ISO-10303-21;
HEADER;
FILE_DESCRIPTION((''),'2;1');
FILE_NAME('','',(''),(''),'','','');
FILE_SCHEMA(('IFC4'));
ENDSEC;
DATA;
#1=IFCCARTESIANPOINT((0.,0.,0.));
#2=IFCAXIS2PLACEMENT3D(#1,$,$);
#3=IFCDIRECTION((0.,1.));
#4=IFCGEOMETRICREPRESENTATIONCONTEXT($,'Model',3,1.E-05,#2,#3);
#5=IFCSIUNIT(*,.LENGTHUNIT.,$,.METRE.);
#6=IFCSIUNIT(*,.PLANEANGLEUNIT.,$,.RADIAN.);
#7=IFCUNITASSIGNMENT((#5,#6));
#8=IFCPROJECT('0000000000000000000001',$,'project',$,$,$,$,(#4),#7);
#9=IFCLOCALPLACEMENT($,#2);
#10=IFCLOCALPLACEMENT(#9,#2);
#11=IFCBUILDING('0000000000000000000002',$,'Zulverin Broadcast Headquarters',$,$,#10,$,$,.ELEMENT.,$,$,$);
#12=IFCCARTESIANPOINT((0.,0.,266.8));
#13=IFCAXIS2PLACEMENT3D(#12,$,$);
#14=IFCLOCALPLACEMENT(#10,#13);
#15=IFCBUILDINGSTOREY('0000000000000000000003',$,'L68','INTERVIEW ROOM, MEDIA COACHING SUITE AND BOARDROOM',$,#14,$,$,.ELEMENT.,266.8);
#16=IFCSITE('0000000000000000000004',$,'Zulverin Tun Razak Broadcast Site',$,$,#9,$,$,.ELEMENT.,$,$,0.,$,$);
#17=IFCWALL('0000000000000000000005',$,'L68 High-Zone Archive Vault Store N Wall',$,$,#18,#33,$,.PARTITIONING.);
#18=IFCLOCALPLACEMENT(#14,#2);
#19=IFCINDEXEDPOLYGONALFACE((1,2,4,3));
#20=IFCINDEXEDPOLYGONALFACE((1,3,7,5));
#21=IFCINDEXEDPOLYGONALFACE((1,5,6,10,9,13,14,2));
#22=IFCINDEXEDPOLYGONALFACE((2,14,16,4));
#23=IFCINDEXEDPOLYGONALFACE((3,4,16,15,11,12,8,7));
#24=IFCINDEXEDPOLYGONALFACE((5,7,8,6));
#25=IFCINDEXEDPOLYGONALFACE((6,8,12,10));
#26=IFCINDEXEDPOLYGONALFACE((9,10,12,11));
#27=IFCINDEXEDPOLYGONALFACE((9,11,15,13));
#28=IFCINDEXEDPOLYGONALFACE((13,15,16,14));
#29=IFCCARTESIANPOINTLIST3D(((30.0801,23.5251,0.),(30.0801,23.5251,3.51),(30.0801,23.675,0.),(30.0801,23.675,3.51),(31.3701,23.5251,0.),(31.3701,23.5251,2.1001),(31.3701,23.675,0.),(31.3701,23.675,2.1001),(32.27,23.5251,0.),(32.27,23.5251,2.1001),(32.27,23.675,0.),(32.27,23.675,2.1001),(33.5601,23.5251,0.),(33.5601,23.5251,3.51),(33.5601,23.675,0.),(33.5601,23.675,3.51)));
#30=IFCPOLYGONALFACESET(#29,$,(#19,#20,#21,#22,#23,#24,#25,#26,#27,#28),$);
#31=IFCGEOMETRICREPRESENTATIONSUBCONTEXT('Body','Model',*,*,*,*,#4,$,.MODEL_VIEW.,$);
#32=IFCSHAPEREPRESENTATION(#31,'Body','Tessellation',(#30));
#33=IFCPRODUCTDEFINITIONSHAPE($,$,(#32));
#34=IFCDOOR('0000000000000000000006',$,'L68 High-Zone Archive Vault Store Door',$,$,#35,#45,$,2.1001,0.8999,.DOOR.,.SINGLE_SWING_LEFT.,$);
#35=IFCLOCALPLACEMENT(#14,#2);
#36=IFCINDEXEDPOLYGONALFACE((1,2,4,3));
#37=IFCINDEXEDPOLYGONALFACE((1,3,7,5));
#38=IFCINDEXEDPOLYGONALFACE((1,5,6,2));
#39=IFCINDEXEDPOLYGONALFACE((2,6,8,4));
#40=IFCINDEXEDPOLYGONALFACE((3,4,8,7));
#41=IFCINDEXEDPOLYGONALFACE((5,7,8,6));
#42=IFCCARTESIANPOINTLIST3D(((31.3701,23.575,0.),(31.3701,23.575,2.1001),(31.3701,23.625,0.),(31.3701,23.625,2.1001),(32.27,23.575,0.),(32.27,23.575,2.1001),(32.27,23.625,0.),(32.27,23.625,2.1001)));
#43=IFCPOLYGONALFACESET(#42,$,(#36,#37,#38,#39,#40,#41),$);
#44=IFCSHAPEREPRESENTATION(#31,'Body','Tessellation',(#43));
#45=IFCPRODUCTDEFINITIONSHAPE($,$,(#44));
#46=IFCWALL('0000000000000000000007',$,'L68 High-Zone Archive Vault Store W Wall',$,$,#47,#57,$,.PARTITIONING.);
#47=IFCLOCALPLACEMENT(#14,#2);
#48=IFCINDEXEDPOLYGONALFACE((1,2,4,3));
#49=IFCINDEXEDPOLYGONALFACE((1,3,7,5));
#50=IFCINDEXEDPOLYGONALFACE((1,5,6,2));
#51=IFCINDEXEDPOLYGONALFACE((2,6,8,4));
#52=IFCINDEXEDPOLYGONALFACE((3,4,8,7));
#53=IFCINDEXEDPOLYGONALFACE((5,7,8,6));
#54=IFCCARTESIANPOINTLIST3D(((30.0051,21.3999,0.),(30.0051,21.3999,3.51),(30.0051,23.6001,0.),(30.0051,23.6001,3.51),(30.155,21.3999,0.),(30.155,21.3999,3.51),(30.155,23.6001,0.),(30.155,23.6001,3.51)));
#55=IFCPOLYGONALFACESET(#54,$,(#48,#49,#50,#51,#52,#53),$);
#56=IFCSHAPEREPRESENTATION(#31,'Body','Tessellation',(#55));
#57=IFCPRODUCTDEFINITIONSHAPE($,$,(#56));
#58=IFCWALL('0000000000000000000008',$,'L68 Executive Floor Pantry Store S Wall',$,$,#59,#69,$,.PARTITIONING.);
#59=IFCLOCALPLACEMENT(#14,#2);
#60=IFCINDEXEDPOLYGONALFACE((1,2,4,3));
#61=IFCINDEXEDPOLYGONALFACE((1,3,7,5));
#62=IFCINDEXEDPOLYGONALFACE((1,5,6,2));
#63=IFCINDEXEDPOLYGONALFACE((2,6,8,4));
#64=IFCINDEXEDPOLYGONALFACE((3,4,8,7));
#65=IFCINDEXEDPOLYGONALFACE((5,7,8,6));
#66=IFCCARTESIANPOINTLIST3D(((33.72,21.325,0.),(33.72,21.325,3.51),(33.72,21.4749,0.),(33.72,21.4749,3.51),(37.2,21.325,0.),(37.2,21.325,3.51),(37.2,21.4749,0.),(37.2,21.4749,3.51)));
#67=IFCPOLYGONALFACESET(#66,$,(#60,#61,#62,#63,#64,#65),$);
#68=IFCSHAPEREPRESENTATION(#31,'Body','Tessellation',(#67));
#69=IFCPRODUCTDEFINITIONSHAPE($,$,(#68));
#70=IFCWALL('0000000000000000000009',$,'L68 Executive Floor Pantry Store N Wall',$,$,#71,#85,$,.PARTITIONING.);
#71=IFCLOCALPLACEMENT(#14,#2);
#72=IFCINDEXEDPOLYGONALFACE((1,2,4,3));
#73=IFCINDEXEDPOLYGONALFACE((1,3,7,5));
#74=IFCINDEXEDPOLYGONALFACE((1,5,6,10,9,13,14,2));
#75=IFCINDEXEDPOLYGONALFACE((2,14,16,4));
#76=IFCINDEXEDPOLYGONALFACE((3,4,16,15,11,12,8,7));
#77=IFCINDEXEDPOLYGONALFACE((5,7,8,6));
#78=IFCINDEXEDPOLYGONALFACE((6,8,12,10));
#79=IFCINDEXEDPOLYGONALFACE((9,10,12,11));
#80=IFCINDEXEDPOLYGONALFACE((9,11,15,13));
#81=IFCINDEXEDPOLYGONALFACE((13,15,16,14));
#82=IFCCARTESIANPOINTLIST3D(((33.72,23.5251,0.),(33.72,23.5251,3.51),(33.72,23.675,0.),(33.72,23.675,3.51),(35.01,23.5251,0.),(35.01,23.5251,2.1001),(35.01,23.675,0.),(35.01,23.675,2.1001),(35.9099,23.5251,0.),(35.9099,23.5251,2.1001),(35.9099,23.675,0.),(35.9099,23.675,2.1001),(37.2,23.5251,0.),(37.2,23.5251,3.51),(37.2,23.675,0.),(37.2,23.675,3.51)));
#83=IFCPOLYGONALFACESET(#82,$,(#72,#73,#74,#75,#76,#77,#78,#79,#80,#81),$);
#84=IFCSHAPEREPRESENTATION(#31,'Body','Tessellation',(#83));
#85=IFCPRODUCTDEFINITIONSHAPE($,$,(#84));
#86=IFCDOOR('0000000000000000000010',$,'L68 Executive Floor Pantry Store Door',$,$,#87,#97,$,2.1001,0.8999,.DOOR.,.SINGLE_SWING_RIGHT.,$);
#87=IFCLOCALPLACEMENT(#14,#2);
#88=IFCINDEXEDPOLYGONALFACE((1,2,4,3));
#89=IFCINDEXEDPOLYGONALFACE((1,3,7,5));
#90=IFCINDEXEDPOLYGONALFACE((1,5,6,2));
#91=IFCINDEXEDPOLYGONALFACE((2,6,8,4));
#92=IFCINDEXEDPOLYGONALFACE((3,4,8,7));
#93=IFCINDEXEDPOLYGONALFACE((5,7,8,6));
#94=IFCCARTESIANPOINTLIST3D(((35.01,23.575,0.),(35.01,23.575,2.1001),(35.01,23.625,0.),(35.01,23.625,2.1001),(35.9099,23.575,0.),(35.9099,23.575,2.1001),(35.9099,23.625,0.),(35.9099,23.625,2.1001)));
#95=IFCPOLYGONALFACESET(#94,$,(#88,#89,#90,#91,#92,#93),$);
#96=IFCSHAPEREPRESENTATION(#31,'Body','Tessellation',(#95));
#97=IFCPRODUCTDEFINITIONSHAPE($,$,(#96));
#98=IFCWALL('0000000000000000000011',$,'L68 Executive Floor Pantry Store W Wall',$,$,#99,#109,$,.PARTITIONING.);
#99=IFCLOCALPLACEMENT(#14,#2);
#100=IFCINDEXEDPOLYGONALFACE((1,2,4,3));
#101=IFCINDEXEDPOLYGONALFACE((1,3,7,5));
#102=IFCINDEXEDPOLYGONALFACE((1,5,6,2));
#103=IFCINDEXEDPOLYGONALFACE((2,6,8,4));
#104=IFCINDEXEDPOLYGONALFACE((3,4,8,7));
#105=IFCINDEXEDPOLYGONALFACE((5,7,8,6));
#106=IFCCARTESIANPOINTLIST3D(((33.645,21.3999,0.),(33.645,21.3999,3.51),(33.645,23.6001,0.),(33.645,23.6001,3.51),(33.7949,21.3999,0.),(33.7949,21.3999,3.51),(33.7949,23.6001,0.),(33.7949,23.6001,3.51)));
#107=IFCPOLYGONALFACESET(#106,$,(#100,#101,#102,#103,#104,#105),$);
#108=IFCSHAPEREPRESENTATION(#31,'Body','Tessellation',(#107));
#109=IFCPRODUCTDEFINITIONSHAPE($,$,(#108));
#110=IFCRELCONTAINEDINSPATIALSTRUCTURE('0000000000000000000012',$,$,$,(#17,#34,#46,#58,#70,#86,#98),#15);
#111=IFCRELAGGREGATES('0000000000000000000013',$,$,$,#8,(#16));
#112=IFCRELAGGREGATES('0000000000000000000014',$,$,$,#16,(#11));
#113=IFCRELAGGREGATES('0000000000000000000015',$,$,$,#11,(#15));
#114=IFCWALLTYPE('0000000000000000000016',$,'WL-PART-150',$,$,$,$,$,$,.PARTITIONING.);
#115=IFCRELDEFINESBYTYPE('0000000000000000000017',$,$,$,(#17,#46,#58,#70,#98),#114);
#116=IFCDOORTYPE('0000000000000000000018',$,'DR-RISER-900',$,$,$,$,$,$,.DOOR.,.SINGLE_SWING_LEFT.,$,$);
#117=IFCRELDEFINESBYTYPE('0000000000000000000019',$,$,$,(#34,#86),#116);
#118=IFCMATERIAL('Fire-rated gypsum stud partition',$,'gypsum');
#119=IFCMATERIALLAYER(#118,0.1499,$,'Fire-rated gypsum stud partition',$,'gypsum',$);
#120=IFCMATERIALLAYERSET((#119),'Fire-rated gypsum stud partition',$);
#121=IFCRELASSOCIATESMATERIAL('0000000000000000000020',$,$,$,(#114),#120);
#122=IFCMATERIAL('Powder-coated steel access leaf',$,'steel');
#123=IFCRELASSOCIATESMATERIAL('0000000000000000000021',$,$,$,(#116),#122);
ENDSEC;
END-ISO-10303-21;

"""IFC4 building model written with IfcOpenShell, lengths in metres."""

from ifc_helpers import new_model, si_unit, direction, frame, frame_2d, origin, place, context, subcontext, project, spatial, rectangle, extrude, material, layer, layer_set, type_object, element, fill, save


model = new_model("IFC4")

# Units and contexts
model_context = context("Model", 3, precision=1e-05, world=origin(), true_north=direction((0.0, 1.0)))
body_context = subcontext(model_context, "Body", "Model", "MODEL_VIEW")
ifc_project = project(units=[si_unit("LENGTHUNIT", "METRE"), si_unit("PLANEANGLEUNIT", "RADIAN")], contexts=[model_context])

# Site, building, storey
site_placement = place(None, origin())
site = spatial("IfcSite", under=ifc_project, at=site_placement, Name="Zulverin Tun Razak Broadcast Site", CompositionType="ELEMENT", RefElevation=0.0)
building_placement = place(site_placement, origin())
building = spatial("IfcBuilding", under=site, at=building_placement, Name="Zulverin Broadcast Headquarters", CompositionType="ELEMENT")
storey_placement = place(building_placement, frame((0.0, 0.0, 266.8)))
storey = spatial("IfcBuildingStorey", under=building, at=storey_placement, Name="L68", Description="INTERVIEW ROOM, MEDIA COACHING SUITE AND BOARDROOM", CompositionType="ELEMENT", Elevation=266.8)

# Shared definitions
ifc_material_1 = material(Name="Fire-rated gypsum stud partition", Category="gypsum")
ifc_layer_1 = layer(ifc_material_1, 0.1499, Name="Fire-rated gypsum stud partition", Category="gypsum")
ifc_layer_set_1 = layer_set([ifc_layer_1], Name="Fire-rated gypsum stud partition")
wall_type_1 = type_object("IfcWallType", Name="WL-PART-150", PredefinedType="PARTITIONING", material=ifc_layer_set_1)

# Shared definitions
ifc_material_2 = material(Name="Powder-coated steel access leaf", Category="steel")
door_type_1 = type_object("IfcDoorType", Name="DR-RISER-900", OperationType="SINGLE_SWING_LEFT", PredefinedType="DOOR", material=ifc_material_2)

# Wall, opening, door
wall_1_placement = place(storey_placement, frame((30.0801, 23.6001, 0.0), z_axis=(0.0, 0.0, 1.0), x_axis=(1.0, 0.0, 0.0)))
wall_1 = element("IfcWall", 1, at=wall_1_placement, inside=storey, type_object=wall_type_1, Name="L68 High-Zone Archive Vault Store N Wall", PredefinedType="PARTITIONING", context=body_context, shape_type="SweptSolid", body=[
    extrude(rectangle(XDim=3.48, YDim=0.1499, at=frame_2d((1.74, 0.0))), origin(), (0.0, 0.0, 1.0), 3.51),
])
opening_1_placement = place(wall_1_placement, frame((1.29, 0.0, 0.0)))
opening_1 = element("IfcOpeningElement", 2, at=opening_1_placement, cuts=wall_1, PredefinedType="OPENING", context=body_context, shape_type="SweptSolid", body=[
    extrude(rectangle(XDim=0.8999, YDim=2.1001, at=frame_2d((0.45, 1.05))), frame((0.0, 0.085, 0.0), z_axis=(0.0, -1.0, 0.0), x_axis=(1.0, 0.0, 0.0)), (0.0, 0.0, 1.0), 0.1699),
])
door_1_placement = place(opening_1_placement, origin())
door_1 = element("IfcDoor", 3, at=door_1_placement, inside=storey, type_object=door_type_1, Name="L68 High-Zone Archive Vault Store Door", OperationType="SINGLE_SWING_LEFT", OverallHeight=2.1001, OverallWidth=0.8999, PredefinedType="DOOR", context=body_context, shape_type="SweptSolid", body=[
    extrude(rectangle(XDim=0.8999, YDim=2.1001, at=frame_2d((0.45, 1.05))), frame((0.0, 0.0249, 0.0), z_axis=(0.0, -1.0, 0.0), x_axis=(1.0, 0.0, 0.0)), (0.0, 0.0, 1.0), 0.05),
])
fill(opening_1, door_1)

# Walls
wall_2_placement = place(storey_placement, frame((30.0801, 21.3999, 0.0), z_axis=(0.0, 0.0, 1.0), x_axis=(0.0, 1.0, 0.0)))
element("IfcWall", 4, at=wall_2_placement, inside=storey, type_object=wall_type_1, Name="L68 High-Zone Archive Vault Store W Wall", PredefinedType="PARTITIONING", context=body_context, shape_type="SweptSolid", body=[
    extrude(rectangle(XDim=2.2002, YDim=0.1499, at=frame_2d((1.1001, 0.0))), origin(), (0.0, 0.0, 1.0), 3.51),
])
wall_3_placement = place(storey_placement, frame((33.72, 21.3999, 0.0), z_axis=(0.0, 0.0, 1.0), x_axis=(1.0, 0.0, 0.0)))
element("IfcWall", 5, at=wall_3_placement, inside=storey, type_object=wall_type_1, Name="L68 Executive Floor Pantry Store S Wall", PredefinedType="PARTITIONING", context=body_context, shape_type="SweptSolid", body=[
    extrude(rectangle(XDim=3.48, YDim=0.1499, at=frame_2d((1.74, 0.0))), origin(), (0.0, 0.0, 1.0), 3.51),
])

# Wall, opening, door
wall_4_placement = place(storey_placement, frame((33.72, 23.6001, 0.0), z_axis=(0.0, 0.0, 1.0), x_axis=(1.0, 0.0, 0.0)))
wall_4 = element("IfcWall", 6, at=wall_4_placement, inside=storey, type_object=wall_type_1, Name="L68 Executive Floor Pantry Store N Wall", PredefinedType="PARTITIONING", context=body_context, shape_type="SweptSolid", body=[
    extrude(rectangle(XDim=3.48, YDim=0.1499, at=frame_2d((1.74, 0.0))), origin(), (0.0, 0.0, 1.0), 3.51),
])
opening_2_placement = place(wall_4_placement, frame((1.29, 0.0, 0.0)))
opening_2 = element("IfcOpeningElement", 7, at=opening_2_placement, cuts=wall_4, PredefinedType="OPENING", context=body_context, shape_type="SweptSolid", body=[
    extrude(rectangle(XDim=0.8999, YDim=2.1001, at=frame_2d((0.45, 1.05))), frame((0.0, 0.085, 0.0), z_axis=(0.0, -1.0, 0.0), x_axis=(1.0, 0.0, 0.0)), (0.0, 0.0, 1.0), 0.1699),
])
door_2_placement = place(opening_2_placement, origin())
door_2 = element("IfcDoor", 8, at=door_2_placement, inside=storey, type_object=door_type_1, Name="L68 Executive Floor Pantry Store Door", OperationType="SINGLE_SWING_RIGHT", OverallHeight=2.1001, OverallWidth=0.8999, PredefinedType="DOOR", context=body_context, shape_type="SweptSolid", body=[
    extrude(rectangle(XDim=0.8999, YDim=2.1001, at=frame_2d((0.45, 1.05))), frame((0.0, 0.0249, 0.0), z_axis=(0.0, -1.0, 0.0), x_axis=(1.0, 0.0, 0.0)), (0.0, 0.0, 1.0), 0.05),
])
fill(opening_2, door_2)

# Wall
wall_5_placement = place(storey_placement, frame((33.72, 21.3999, 0.0), z_axis=(0.0, 0.0, 1.0), x_axis=(0.0, 1.0, 0.0)))
element("IfcWall", 9, at=wall_5_placement, inside=storey, type_object=wall_type_1, Name="L68 Executive Floor Pantry Store W Wall", PredefinedType="PARTITIONING", context=body_context, shape_type="SweptSolid", body=[
    extrude(rectangle(XDim=2.2002, YDim=0.1499, at=frame_2d((1.1001, 0.0))), origin(), (0.0, 0.0, 1.0), 3.51),
])

save(model, "model.ifc")
